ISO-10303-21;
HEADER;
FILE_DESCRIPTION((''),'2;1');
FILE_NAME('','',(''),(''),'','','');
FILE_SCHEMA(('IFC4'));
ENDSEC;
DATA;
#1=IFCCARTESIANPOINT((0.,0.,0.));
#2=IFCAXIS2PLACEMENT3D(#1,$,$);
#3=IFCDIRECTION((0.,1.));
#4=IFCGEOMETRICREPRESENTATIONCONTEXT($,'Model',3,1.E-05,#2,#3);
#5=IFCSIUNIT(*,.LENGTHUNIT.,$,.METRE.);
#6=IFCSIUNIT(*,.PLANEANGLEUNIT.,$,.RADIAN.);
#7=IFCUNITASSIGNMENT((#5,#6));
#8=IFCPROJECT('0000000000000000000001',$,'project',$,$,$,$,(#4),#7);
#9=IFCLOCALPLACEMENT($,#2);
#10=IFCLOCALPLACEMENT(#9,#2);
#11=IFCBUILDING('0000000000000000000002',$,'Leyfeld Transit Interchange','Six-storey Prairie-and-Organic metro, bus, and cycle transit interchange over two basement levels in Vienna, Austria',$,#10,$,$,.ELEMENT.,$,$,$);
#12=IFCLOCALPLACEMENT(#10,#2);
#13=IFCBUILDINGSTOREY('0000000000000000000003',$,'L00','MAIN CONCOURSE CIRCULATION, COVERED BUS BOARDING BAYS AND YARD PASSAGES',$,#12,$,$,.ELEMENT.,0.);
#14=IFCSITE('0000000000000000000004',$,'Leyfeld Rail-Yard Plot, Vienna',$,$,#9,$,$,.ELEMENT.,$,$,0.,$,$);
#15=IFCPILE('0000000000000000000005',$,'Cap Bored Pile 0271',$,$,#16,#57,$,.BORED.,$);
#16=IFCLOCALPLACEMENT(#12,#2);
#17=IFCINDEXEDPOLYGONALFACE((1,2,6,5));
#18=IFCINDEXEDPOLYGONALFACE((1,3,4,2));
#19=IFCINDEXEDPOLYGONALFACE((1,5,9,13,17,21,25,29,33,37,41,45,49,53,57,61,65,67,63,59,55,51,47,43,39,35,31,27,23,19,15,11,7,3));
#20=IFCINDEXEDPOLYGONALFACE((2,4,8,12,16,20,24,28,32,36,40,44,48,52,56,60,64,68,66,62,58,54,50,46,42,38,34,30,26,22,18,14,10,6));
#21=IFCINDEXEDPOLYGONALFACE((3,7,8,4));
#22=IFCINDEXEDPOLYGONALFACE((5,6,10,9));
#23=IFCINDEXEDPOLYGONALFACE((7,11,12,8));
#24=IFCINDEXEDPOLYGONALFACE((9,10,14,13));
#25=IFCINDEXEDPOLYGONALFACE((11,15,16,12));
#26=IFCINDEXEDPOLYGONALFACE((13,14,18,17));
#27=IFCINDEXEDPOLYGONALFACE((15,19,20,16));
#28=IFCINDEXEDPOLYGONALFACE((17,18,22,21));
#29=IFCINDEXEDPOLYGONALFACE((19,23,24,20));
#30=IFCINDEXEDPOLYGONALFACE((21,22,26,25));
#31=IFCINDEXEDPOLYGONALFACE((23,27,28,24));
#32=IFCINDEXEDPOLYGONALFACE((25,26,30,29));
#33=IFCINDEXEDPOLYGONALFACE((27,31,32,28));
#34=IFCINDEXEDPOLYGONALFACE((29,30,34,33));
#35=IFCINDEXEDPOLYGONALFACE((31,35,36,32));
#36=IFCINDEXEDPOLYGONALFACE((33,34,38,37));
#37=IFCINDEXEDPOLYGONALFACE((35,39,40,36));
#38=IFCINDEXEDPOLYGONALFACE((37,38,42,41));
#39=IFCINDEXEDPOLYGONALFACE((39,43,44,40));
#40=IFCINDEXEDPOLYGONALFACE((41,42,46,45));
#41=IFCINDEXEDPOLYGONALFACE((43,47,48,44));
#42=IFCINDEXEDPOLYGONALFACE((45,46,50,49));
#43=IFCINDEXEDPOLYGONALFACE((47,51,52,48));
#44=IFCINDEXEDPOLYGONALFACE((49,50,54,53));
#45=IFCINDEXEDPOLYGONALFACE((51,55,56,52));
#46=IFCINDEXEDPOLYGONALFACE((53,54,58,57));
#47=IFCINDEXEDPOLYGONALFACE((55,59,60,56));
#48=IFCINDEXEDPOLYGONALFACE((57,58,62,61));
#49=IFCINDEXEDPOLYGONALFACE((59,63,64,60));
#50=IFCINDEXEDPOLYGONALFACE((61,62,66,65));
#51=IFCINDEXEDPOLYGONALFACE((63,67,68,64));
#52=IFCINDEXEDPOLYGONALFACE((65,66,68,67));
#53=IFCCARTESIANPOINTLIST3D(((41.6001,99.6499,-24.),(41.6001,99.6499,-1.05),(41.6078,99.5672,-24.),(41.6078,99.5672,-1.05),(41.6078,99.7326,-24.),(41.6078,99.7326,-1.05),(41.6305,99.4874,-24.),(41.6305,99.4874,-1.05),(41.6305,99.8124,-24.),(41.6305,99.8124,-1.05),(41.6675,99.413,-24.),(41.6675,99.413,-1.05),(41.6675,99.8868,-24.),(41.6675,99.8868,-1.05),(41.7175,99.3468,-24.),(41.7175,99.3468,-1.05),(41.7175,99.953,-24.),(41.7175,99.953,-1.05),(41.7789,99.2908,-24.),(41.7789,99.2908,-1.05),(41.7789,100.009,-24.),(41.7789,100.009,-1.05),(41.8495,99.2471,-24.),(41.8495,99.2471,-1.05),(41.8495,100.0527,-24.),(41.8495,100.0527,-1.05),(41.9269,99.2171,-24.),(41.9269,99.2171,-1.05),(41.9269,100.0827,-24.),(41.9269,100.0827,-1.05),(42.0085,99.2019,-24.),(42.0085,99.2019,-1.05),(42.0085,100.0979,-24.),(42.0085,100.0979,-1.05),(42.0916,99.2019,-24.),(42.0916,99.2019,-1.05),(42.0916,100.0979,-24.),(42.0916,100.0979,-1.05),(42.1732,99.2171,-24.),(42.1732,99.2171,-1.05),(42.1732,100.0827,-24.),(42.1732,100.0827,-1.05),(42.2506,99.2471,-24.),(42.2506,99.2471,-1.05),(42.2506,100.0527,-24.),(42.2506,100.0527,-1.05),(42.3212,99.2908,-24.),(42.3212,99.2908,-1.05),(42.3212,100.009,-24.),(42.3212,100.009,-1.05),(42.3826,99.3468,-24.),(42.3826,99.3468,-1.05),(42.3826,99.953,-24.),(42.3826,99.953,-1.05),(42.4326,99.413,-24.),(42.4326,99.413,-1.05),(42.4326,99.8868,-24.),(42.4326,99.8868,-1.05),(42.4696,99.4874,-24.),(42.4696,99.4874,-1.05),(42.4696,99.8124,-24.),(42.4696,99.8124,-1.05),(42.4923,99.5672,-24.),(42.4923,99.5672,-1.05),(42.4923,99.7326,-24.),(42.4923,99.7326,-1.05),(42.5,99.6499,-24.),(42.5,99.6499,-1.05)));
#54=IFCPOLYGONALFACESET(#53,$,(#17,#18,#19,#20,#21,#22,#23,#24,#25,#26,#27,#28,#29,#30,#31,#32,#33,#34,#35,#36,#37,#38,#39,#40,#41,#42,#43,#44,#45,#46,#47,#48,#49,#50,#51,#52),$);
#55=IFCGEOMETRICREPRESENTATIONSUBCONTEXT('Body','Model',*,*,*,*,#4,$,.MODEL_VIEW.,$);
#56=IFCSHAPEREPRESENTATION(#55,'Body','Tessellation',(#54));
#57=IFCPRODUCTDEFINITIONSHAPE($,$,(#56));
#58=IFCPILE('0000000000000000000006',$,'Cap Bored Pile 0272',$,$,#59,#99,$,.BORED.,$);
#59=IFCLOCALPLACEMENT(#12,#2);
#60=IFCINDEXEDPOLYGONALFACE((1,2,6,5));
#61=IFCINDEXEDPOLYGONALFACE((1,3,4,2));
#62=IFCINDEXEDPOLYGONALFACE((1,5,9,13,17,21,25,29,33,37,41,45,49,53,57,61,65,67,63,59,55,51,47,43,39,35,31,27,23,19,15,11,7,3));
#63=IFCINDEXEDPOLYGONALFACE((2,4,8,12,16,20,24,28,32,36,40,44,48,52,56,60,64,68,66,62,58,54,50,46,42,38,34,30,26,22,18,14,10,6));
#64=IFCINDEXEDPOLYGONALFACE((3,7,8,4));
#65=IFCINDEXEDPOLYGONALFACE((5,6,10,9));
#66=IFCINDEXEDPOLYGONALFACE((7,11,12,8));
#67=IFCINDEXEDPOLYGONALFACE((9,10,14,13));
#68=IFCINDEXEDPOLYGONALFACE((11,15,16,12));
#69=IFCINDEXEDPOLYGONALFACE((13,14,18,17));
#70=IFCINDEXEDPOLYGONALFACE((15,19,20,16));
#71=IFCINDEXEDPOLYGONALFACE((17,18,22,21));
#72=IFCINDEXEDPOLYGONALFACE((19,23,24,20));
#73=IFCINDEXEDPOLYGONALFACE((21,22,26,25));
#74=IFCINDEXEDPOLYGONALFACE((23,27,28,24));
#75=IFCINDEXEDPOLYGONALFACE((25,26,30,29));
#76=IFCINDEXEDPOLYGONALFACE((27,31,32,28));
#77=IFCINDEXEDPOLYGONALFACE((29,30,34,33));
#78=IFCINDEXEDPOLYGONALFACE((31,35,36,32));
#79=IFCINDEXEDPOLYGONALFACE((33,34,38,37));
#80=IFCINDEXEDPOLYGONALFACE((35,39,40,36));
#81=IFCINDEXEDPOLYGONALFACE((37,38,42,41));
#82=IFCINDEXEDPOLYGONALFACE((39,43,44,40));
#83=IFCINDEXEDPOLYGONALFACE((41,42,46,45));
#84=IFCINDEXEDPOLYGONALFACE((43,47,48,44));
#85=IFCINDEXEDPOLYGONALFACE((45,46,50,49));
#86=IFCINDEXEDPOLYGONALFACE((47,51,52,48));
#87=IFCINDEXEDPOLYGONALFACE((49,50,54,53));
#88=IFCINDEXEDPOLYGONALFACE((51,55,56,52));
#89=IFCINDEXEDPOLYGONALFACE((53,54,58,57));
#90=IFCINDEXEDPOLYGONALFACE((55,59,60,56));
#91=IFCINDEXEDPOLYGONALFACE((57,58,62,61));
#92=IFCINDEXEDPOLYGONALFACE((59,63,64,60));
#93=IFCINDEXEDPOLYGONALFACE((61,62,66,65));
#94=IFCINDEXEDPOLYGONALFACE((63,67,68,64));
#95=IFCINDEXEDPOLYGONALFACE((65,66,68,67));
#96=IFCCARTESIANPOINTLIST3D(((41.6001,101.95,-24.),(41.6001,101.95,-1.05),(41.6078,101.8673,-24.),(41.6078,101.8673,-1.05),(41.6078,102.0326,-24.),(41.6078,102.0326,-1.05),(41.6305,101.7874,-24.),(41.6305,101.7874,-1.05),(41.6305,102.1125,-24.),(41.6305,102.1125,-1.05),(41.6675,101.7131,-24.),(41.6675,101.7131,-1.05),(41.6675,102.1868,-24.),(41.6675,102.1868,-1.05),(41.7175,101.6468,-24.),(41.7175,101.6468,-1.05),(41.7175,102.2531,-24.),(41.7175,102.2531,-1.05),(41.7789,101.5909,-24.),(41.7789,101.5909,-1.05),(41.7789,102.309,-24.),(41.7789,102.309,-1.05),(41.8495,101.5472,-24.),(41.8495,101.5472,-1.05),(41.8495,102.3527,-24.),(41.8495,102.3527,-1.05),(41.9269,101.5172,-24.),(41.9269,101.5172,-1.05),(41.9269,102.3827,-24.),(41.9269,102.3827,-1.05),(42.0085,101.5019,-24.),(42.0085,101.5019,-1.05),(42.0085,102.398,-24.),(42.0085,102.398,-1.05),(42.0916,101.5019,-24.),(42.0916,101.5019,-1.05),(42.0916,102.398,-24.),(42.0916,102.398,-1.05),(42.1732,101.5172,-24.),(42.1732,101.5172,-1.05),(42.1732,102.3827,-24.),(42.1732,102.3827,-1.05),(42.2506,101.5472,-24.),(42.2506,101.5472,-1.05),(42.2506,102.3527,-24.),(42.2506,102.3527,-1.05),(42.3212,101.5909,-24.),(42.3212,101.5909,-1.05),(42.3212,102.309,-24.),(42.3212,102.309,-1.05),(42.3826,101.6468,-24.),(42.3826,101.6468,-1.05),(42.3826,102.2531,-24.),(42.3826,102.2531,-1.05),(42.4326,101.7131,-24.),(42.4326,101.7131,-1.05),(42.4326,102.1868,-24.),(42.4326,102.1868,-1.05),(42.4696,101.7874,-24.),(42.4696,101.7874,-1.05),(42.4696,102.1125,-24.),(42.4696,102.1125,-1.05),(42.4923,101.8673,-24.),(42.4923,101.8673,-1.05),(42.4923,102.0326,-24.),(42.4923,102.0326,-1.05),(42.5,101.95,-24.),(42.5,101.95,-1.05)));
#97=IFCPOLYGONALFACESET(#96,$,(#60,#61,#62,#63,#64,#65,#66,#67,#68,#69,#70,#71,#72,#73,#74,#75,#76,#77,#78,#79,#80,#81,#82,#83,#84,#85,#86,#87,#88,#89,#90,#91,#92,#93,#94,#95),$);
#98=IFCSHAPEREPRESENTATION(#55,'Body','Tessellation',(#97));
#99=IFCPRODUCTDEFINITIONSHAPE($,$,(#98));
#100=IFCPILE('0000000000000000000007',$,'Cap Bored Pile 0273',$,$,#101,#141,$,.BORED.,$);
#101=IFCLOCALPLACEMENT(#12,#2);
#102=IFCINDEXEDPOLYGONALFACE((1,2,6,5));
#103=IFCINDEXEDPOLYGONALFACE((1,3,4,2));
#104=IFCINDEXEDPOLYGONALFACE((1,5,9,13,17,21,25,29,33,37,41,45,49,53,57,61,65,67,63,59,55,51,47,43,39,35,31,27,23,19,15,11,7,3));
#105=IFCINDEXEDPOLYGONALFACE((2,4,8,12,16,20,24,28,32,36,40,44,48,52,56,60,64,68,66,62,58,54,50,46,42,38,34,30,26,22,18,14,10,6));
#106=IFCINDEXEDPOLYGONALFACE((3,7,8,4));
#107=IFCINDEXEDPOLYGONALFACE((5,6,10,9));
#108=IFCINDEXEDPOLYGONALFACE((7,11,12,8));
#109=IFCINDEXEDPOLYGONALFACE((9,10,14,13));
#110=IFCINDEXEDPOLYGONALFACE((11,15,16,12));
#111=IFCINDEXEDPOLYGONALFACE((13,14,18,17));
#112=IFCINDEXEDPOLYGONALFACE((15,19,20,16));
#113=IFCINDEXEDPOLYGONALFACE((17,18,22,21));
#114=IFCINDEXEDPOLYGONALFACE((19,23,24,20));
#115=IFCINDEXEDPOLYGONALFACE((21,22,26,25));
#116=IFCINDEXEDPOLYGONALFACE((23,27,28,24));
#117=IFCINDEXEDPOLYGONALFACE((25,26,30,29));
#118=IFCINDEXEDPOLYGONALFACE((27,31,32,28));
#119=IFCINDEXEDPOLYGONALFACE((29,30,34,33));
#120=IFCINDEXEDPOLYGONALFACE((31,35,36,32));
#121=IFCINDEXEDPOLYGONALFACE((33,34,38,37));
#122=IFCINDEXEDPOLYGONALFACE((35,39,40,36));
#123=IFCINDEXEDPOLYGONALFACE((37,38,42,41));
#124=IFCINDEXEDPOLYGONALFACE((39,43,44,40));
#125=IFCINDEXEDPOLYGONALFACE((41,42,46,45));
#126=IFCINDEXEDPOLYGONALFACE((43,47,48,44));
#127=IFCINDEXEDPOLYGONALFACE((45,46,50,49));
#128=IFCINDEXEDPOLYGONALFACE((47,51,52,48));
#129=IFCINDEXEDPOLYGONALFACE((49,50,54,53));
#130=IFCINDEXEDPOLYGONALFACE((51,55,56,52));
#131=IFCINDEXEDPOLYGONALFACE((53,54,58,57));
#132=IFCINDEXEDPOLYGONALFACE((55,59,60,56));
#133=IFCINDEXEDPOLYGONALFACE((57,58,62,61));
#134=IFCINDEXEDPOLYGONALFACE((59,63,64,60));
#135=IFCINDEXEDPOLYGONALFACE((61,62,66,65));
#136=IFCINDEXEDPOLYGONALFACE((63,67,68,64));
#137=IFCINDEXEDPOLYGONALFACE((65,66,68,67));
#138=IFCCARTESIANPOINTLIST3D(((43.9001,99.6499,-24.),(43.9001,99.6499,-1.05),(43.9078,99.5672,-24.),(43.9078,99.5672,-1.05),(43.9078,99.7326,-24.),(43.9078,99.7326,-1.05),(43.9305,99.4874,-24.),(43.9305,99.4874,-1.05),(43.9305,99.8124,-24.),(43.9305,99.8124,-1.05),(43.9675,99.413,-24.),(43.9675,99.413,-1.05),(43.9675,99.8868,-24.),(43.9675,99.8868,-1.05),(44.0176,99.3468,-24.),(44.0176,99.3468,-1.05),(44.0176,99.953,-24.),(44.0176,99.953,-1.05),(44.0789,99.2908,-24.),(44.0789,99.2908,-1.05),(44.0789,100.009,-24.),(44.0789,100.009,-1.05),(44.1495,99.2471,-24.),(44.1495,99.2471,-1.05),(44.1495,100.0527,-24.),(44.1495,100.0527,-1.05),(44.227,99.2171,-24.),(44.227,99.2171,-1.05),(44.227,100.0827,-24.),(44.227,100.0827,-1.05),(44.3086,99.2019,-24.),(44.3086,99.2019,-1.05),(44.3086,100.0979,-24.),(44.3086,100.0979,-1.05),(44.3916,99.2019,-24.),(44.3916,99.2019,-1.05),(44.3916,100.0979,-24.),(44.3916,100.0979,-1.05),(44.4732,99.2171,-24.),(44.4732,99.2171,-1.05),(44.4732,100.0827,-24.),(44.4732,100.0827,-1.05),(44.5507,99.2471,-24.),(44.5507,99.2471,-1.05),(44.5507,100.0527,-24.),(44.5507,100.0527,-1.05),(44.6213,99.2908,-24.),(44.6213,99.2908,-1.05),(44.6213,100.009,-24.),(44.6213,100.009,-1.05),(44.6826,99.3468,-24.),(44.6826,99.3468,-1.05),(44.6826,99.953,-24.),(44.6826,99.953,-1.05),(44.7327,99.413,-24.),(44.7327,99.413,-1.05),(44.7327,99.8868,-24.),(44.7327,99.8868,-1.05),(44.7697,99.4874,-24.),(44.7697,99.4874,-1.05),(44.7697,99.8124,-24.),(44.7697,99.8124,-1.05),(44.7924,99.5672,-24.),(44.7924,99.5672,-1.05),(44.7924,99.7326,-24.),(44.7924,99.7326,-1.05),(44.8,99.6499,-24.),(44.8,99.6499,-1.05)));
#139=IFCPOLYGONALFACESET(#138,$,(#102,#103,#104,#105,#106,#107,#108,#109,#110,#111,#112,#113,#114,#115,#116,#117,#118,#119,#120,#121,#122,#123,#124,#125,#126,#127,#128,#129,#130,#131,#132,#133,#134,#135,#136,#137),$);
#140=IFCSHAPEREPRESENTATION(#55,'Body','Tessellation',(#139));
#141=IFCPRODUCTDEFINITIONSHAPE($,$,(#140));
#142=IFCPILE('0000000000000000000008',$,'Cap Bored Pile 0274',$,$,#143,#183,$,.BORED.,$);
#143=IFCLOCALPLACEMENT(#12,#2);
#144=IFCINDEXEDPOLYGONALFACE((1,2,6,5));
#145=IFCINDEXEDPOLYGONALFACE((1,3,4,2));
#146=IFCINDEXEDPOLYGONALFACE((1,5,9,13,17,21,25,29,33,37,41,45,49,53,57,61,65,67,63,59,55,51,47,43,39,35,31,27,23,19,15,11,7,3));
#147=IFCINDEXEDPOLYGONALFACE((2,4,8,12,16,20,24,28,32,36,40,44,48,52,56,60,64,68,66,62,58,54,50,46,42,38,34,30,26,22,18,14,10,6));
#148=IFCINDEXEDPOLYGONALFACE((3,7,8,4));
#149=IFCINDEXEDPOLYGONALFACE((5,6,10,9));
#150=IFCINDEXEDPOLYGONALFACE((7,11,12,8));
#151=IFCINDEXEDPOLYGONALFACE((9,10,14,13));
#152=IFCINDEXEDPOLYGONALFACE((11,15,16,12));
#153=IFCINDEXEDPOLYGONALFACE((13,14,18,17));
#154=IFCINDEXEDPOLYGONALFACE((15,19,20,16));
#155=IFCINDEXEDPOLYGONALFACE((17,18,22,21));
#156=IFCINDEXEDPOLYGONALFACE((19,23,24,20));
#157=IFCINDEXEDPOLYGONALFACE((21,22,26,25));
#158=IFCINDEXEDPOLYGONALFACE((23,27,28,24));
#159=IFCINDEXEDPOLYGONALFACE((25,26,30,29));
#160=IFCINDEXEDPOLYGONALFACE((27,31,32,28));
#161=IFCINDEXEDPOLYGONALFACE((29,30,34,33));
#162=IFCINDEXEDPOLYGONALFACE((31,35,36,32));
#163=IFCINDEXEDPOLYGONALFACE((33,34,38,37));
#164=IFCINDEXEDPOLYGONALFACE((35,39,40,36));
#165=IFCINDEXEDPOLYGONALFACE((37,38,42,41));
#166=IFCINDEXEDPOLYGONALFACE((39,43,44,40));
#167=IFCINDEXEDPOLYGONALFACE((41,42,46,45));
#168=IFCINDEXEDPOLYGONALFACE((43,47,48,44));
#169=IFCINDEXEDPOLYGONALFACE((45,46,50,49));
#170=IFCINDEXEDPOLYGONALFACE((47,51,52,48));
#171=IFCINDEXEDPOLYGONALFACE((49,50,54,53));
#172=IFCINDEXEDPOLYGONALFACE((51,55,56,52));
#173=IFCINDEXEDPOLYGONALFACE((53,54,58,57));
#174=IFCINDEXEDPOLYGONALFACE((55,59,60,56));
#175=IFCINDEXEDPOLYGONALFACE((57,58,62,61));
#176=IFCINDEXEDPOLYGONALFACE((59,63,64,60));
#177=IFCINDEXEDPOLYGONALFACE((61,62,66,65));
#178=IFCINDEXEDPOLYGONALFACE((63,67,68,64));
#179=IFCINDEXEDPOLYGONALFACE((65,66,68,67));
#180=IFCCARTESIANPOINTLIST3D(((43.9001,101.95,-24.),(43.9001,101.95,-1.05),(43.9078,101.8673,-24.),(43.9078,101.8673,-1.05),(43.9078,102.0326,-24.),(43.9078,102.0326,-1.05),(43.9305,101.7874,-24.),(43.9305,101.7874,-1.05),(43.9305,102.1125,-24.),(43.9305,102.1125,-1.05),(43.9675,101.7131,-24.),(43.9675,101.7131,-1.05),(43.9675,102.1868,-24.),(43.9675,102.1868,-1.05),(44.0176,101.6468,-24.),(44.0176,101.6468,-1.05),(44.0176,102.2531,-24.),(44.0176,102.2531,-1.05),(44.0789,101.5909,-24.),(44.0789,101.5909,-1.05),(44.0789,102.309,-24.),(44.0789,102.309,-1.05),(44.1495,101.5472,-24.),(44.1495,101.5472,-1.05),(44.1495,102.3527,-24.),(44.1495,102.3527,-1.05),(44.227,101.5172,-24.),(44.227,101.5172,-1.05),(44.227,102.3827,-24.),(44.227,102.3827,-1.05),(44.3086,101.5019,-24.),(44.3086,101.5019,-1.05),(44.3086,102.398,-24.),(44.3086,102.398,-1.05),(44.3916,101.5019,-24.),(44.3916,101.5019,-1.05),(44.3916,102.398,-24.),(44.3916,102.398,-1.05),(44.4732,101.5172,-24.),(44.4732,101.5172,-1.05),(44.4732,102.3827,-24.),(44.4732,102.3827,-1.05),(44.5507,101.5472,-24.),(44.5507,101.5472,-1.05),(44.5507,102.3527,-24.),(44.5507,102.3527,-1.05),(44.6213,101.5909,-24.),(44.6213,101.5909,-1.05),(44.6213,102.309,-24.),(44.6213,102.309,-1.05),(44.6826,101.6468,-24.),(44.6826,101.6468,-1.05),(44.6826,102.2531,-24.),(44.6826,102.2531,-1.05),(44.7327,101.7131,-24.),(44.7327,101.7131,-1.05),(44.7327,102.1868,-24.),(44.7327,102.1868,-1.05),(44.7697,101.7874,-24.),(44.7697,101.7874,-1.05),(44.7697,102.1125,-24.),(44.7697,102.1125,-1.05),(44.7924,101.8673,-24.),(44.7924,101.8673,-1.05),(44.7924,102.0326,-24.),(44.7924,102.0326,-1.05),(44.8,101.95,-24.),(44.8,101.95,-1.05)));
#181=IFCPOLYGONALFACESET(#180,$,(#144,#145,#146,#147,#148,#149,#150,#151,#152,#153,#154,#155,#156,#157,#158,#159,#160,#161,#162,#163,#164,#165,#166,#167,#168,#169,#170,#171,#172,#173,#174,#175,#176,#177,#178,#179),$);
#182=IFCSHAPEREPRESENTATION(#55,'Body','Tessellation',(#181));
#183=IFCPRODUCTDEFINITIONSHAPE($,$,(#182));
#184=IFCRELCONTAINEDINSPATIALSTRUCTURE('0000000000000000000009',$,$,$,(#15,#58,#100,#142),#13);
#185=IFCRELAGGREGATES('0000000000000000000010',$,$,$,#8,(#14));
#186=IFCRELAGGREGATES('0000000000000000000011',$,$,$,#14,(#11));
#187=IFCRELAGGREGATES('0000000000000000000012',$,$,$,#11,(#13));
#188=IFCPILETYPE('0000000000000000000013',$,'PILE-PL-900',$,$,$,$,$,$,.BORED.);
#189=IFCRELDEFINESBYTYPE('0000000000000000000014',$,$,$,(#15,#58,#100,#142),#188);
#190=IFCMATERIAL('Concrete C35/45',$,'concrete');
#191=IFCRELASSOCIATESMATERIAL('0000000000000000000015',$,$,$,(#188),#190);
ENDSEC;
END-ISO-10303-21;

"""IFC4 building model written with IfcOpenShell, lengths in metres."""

from ifc_helpers import new_model, si_unit, direction, frame, origin, origin_2d, place, context, subcontext, project, spatial, circle, extrude, material, material_profile, profile_set, type_object, element, save


model = new_model("IFC4")

# Units and contexts
model_context = context("Model", 3, precision=1e-05, world=origin(), true_north=direction((0.0, 1.0)))
body_context = subcontext(model_context, "Body", "Model", "MODEL_VIEW")
ifc_project = project(units=[si_unit("LENGTHUNIT", "METRE"), si_unit("PLANEANGLEUNIT", "RADIAN")], contexts=[model_context])

# Site, building, storey
site_placement = place(None, origin())
site = spatial("IfcSite", under=ifc_project, at=site_placement, Name="Leyfeld Rail-Yard Plot, Vienna", CompositionType="ELEMENT", RefElevation=0.0)
building_placement = place(site_placement, origin())
building = spatial("IfcBuilding", under=site, at=building_placement, Name="Leyfeld Transit Interchange", Description="Six-storey Prairie-and-Organic metro, bus, and cycle transit interchange over two basement levels in Vienna, Austria", CompositionType="ELEMENT")
storey_placement = place(building_placement, origin())
storey = spatial("IfcBuildingStorey", under=building, at=storey_placement, Name="L00", Description="MAIN CONCOURSE CIRCULATION, COVERED BUS BOARDING BAYS AND YARD PASSAGES", CompositionType="ELEMENT", Elevation=0.0)

# Shared definitions
ifc_material_1 = material(Name="Concrete C35/45", Category="concrete")

# Piles
ifc_material_profile_1 = material_profile(ifc_material_1, circle(Radius=0.45, at=origin_2d()), Name="PILE D900")
ifc_profile_set_1 = profile_set([ifc_material_profile_1], Name="Concrete C35/45")
pile_type = type_object("IfcPileType", Name="PILE-PL-900", PredefinedType="BORED", material=ifc_profile_set_1)
for number, where, z_axis, x_axis, name in (
    (1, (42.05, 99.6499, -1.05), (0.0, 0.0, -1.0), (1.0, 0.0, 0.0), "Cap Bored Pile 0271"),
    (2, (42.05, 101.95, -1.05), (0.0, 0.0, -1.0), (1.0, 0.0, 0.0), "Cap Bored Pile 0272"),
    (3, (44.3501, 99.6499, -1.05), (0.0, 0.0, -1.0), (1.0, 0.0, 0.0), "Cap Bored Pile 0273"),
    (4, (44.3501, 101.95, -1.05), (0.0, 0.0, -1.0), (1.0, 0.0, 0.0), "Cap Bored Pile 0274"),
):
    element("IfcPile", number, at=place(storey_placement, frame(where, z_axis=z_axis, x_axis=x_axis)), inside=storey, type_object=pile_type, Name=name, PredefinedType="BORED", context=body_context, shape_type="SweptSolid", body=[
        extrude(circle(Radius=0.45, at=origin_2d()), origin(), (0.0, 0.0, 1.0), 22.95),
    ])

save(model, "model.ifc")
